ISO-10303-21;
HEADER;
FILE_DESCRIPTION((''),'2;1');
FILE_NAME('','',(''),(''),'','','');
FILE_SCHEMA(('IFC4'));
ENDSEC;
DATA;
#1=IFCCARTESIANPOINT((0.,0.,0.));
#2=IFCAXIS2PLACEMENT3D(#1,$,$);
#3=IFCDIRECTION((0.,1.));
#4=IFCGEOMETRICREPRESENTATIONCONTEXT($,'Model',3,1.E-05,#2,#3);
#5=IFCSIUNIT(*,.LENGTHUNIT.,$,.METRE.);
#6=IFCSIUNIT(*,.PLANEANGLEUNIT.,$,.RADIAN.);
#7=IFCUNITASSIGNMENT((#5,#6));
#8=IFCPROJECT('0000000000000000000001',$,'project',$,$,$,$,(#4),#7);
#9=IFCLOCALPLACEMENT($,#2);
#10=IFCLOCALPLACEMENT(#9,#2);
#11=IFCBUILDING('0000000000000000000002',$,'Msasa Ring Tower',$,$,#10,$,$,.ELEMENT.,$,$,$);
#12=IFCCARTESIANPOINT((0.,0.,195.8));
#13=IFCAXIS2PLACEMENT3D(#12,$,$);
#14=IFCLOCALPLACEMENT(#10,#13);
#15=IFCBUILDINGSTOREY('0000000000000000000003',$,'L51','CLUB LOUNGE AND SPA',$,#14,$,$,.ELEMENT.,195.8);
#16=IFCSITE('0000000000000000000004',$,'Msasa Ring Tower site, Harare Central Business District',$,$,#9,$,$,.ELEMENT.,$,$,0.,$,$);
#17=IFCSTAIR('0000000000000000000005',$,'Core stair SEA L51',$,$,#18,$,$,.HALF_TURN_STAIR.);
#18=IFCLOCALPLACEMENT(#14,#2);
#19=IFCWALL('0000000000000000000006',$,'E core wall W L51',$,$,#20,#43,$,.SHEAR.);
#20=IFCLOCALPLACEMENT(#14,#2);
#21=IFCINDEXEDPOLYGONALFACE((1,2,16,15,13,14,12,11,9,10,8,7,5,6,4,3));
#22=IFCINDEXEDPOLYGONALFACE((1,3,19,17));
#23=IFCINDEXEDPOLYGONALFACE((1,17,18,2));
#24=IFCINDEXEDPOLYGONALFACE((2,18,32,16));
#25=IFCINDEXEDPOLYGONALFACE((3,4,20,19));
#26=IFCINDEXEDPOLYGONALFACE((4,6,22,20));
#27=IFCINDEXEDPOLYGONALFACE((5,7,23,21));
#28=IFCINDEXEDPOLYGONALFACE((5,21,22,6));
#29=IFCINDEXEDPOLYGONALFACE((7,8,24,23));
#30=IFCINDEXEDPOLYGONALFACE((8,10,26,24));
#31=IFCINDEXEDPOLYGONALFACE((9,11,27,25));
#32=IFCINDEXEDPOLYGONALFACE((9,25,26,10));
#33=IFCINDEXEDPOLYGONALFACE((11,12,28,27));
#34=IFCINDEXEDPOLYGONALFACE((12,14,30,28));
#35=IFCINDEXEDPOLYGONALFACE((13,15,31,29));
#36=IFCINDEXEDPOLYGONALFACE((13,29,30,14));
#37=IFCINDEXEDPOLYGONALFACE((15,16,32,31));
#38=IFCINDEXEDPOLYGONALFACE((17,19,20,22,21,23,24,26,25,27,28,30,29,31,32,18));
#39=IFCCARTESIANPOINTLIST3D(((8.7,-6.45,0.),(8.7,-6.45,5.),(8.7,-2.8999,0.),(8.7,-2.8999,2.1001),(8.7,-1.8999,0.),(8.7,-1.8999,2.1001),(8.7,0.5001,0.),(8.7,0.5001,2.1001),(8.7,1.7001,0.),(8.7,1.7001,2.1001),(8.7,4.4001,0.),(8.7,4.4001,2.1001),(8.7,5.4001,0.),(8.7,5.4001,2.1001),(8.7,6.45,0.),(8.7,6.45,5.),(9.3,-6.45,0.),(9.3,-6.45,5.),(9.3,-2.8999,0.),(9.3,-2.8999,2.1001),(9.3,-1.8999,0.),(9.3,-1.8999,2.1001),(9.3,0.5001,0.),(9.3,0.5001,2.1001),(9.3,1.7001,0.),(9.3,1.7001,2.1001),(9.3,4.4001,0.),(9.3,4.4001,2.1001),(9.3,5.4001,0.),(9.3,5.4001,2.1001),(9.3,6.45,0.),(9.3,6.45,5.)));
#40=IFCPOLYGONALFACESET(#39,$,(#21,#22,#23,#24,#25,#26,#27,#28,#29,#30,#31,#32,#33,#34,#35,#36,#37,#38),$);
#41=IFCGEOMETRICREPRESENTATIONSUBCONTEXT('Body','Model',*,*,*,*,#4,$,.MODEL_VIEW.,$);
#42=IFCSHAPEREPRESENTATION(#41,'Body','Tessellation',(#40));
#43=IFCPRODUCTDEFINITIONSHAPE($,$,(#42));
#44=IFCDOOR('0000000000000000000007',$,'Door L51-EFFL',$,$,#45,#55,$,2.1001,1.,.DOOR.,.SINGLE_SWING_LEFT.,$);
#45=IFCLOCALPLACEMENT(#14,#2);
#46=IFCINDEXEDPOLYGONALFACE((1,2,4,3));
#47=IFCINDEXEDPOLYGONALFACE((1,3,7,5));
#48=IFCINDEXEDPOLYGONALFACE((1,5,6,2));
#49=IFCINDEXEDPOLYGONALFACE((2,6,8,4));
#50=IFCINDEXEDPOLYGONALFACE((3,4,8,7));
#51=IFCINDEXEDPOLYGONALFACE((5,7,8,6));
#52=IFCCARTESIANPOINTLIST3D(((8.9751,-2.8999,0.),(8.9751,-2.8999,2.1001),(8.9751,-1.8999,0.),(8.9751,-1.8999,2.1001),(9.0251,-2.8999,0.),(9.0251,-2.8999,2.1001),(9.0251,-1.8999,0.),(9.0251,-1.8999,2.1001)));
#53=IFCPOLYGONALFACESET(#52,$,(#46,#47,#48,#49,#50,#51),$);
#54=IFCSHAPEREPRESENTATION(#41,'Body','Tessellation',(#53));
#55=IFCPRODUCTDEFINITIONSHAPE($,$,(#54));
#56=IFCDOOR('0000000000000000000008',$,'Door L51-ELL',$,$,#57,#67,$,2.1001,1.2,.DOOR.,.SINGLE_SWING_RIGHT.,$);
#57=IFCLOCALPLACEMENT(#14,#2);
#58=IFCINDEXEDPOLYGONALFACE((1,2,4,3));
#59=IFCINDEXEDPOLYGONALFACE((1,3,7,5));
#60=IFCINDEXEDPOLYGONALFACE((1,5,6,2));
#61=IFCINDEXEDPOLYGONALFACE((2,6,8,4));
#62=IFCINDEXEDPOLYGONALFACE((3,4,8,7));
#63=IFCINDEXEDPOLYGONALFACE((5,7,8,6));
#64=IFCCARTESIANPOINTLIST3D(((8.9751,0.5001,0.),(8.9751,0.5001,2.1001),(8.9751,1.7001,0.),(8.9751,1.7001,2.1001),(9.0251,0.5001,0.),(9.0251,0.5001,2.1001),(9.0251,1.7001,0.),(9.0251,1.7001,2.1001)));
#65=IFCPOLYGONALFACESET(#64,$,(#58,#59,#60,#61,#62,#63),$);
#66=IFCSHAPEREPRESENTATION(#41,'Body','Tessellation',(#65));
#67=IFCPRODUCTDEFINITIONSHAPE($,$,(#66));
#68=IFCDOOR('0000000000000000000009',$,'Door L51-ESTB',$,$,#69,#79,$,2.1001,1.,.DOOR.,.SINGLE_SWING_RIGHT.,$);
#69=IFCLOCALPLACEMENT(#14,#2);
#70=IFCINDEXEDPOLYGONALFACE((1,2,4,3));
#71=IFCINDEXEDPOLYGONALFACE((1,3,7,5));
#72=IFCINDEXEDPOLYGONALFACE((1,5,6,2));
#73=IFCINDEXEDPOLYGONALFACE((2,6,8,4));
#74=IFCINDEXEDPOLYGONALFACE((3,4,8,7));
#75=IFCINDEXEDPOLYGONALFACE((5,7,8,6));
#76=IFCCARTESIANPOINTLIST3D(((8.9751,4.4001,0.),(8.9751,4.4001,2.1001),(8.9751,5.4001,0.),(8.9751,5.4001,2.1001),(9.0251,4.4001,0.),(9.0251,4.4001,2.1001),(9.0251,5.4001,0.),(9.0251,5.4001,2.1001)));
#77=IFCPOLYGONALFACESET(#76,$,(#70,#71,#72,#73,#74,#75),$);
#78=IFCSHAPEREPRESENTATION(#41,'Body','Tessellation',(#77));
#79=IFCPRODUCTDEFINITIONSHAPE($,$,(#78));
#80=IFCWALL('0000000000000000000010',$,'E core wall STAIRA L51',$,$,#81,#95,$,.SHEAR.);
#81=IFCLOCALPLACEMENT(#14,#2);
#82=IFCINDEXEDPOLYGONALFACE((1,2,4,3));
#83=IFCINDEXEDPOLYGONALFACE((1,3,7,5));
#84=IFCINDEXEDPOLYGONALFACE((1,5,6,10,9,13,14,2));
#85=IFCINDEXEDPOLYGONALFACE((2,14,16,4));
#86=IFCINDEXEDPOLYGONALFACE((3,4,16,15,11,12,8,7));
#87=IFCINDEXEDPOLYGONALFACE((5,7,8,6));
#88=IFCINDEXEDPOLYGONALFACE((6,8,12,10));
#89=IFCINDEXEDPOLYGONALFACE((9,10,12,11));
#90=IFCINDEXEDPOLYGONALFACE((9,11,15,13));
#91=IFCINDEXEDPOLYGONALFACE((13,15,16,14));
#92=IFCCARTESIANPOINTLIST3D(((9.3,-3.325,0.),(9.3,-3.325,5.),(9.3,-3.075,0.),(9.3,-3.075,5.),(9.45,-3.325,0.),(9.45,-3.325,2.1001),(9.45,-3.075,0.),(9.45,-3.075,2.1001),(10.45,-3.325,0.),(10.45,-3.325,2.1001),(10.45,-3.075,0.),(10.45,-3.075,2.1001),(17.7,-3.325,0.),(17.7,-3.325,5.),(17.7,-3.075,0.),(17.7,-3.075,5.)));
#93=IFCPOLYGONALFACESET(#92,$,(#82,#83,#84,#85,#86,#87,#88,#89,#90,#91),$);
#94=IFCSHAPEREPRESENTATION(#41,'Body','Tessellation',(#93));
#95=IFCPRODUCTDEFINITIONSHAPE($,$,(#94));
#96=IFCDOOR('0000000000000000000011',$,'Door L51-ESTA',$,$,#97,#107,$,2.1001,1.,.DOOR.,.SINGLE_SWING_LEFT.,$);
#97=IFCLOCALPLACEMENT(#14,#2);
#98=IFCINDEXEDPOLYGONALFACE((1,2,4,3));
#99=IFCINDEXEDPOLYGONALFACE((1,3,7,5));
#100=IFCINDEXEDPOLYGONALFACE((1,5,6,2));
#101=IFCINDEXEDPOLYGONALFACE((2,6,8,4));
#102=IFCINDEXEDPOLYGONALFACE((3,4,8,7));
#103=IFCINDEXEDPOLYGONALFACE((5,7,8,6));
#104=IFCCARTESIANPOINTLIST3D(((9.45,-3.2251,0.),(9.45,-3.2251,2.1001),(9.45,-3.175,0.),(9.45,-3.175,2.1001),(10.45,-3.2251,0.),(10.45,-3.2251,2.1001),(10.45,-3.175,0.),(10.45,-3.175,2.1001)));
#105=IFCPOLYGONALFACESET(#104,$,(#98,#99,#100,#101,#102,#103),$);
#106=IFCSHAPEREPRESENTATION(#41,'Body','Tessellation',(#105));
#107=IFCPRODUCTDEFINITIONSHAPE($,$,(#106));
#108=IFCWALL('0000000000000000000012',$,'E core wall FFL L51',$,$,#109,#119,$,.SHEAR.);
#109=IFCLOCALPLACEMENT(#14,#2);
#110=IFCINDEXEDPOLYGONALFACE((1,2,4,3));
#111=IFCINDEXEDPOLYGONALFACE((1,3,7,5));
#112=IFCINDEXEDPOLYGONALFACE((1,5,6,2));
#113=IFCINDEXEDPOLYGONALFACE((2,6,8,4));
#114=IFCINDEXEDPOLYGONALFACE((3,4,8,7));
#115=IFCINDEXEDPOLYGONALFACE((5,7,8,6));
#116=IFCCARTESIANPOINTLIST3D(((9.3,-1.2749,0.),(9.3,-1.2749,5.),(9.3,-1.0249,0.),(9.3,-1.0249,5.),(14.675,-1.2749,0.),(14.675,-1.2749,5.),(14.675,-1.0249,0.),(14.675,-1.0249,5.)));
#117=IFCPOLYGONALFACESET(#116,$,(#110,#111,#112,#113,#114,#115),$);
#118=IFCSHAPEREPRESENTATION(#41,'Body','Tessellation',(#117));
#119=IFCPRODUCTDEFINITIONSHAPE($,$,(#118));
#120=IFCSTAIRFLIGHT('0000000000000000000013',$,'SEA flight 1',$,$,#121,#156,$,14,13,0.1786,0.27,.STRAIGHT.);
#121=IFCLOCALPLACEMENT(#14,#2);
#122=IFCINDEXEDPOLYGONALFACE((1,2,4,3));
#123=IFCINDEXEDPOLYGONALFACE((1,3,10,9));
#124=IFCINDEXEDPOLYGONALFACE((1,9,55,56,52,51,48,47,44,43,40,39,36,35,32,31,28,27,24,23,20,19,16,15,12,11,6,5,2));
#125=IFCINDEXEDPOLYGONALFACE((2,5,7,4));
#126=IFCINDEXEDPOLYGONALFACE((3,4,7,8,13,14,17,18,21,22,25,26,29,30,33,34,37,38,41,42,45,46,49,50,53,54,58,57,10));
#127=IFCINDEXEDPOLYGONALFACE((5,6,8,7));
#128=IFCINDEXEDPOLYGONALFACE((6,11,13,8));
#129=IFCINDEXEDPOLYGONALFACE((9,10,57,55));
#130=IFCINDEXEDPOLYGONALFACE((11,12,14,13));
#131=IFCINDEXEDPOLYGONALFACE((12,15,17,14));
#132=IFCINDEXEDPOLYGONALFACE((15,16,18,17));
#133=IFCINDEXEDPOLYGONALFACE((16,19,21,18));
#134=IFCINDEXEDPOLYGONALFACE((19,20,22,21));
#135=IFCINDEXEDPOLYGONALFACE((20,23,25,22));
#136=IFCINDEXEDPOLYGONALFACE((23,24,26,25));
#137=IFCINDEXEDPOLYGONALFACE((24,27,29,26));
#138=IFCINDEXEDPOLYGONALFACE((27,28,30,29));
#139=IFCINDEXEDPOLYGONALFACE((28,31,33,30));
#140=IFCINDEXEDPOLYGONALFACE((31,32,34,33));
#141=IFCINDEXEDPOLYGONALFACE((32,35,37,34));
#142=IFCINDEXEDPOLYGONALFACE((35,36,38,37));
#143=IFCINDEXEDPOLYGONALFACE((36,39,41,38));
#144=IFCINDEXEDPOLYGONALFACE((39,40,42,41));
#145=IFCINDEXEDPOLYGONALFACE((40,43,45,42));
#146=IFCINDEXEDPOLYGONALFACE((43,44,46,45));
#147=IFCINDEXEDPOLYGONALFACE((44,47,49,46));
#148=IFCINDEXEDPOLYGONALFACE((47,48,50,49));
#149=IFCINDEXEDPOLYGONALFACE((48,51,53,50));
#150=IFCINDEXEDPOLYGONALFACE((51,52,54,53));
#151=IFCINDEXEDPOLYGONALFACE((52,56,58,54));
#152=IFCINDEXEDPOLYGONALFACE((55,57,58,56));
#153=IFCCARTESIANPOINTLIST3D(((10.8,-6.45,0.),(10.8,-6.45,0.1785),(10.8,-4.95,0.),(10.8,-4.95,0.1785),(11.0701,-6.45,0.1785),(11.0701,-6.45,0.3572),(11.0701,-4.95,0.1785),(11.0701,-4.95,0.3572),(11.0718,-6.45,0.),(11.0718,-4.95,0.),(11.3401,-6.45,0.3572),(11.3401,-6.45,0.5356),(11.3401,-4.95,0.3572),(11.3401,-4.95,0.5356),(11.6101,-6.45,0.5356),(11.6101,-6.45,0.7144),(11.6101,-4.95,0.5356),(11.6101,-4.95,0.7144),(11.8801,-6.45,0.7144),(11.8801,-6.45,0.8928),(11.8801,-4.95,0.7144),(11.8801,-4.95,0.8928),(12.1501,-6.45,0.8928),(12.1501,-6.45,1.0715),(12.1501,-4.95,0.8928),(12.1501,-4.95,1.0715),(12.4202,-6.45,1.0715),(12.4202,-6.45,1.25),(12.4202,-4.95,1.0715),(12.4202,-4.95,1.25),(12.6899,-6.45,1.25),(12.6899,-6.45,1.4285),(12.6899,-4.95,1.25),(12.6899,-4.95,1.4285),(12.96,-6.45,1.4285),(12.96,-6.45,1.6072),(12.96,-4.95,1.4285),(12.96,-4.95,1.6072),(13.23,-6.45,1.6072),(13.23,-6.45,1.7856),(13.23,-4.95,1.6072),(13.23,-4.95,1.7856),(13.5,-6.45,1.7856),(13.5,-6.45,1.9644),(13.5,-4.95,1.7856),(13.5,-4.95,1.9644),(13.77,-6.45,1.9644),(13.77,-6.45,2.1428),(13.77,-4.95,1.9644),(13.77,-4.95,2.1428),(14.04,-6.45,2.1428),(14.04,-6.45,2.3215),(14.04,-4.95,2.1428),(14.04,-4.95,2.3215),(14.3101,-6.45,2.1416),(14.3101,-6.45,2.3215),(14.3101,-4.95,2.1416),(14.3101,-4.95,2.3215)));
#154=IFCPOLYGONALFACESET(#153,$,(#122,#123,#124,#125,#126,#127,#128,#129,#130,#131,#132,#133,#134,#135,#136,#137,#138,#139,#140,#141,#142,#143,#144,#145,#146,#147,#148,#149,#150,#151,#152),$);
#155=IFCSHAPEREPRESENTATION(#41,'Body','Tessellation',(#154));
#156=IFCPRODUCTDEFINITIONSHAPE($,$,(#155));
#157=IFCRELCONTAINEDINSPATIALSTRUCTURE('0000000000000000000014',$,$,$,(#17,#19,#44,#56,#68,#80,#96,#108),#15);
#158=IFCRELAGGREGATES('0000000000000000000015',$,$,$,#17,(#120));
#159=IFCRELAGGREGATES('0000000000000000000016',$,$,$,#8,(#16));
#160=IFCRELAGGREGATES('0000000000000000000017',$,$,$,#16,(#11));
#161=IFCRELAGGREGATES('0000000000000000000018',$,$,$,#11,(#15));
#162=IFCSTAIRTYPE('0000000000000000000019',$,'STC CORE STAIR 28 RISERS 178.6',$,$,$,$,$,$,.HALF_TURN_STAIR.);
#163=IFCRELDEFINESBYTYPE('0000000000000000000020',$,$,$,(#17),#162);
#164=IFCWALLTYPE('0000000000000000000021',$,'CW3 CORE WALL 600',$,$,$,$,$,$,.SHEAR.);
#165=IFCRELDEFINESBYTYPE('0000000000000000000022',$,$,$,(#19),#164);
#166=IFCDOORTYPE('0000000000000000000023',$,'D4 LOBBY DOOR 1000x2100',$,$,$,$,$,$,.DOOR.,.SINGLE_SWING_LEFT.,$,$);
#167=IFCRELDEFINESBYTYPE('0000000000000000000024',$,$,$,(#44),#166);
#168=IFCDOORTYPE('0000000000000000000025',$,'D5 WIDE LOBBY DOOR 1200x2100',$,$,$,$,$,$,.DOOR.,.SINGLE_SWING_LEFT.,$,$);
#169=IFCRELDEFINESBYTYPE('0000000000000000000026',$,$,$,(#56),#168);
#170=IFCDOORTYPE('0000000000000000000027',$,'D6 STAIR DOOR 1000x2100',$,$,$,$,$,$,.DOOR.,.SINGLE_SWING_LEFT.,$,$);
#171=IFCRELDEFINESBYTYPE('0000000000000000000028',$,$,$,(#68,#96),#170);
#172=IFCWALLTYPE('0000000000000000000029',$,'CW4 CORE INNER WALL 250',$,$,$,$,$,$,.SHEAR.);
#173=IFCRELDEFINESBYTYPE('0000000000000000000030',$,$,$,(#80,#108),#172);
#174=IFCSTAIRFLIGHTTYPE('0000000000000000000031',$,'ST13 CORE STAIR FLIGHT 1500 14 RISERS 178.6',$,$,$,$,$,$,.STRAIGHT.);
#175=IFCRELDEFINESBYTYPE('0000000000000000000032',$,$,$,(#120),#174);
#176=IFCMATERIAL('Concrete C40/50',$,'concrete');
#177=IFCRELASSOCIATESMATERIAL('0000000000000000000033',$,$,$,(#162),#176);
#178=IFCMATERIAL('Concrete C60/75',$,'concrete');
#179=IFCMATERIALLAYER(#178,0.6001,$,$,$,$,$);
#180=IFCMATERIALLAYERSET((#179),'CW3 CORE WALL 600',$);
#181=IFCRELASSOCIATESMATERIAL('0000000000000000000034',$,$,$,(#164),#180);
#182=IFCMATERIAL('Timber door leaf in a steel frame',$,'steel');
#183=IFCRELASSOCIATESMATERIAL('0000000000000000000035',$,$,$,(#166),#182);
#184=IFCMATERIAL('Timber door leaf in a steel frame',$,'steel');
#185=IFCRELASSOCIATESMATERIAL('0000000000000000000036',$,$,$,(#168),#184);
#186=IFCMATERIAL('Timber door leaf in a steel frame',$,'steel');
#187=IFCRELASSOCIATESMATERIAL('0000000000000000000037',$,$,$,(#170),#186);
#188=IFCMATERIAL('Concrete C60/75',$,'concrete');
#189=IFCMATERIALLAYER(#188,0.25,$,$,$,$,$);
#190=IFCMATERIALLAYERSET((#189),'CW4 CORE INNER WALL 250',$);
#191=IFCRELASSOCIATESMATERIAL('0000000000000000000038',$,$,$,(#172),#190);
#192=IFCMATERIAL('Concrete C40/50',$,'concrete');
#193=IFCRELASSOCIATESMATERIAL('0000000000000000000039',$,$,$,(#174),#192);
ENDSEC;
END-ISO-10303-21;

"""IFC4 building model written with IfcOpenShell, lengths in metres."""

from ifc_helpers import new_model, si_unit, direction, frame, frame_2d, origin, place, context, subcontext, project, spatial, polyline, rectangle, outline, extrude, material, layer, layer_set, type_object, element, fill, aggregate, save


model = new_model("IFC4")

# Units and contexts
model_context = context("Model", 3, precision=1e-05, world=origin(), true_north=direction((0.0, 1.0)))
body_context = subcontext(model_context, "Body", "Model", "MODEL_VIEW")
ifc_project = project(units=[si_unit("LENGTHUNIT", "METRE"), si_unit("PLANEANGLEUNIT", "RADIAN")], contexts=[model_context])

# Site, building, storey
site_placement = place(None, origin())
site = spatial("IfcSite", under=ifc_project, at=site_placement, Name="Msasa Ring Tower site, Harare Central Business District", CompositionType="ELEMENT", RefElevation=0.0)
building_placement = place(site_placement, origin())
building = spatial("IfcBuilding", under=site, at=building_placement, Name="Msasa Ring Tower", CompositionType="ELEMENT")
storey_placement = place(building_placement, frame((0.0, 0.0, 195.8)))
storey = spatial("IfcBuildingStorey", under=building, at=storey_placement, Name="L51", Description="CLUB LOUNGE AND SPA", CompositionType="ELEMENT", Elevation=195.8)

# Stair
ifc_material_1 = material(Name="Concrete C40/50", Category="concrete")
stair_type = type_object("IfcStairType", Name="STC CORE STAIR 28 RISERS 178.6", PredefinedType="HALF_TURN_STAIR", material=ifc_material_1)
stair_1_placement = place(storey_placement, origin())
stair_1 = element("IfcStair", 1, at=stair_1_placement, inside=storey, type_object=stair_type, Name="Core stair SEA L51", PredefinedType="HALF_TURN_STAIR")

# Shared definitions
ifc_material_2 = material(Name="Concrete C60/75", Category="concrete")
ifc_layer_1 = layer(ifc_material_2, 0.6001)
ifc_layer_set_1 = layer_set([ifc_layer_1], Name="CW3 CORE WALL 600")
wall_type_1 = type_object("IfcWallType", Name="CW3 CORE WALL 600", PredefinedType="SHEAR", material=ifc_layer_set_1)

# Wall, openings, doors
wall_1_placement = place(storey_placement, frame((9.0, -6.45, 0.0), z_axis=(0.0, 0.0, 1.0), x_axis=(0.0, 1.0, 0.0)))
wall_1 = element("IfcWall", 2, at=wall_1_placement, inside=storey, type_object=wall_type_1, Name="E core wall W L51", PredefinedType="SHEAR", context=body_context, shape_type="SweptSolid", body=[
    extrude(rectangle(XDim=12.8999, YDim=0.6001, at=frame_2d((6.45, 0.0))), origin(), (0.0, 0.0, 1.0), 5.0),
])
opening_1_placement = place(wall_1_placement, frame((3.55, 0.0, 0.0)))
opening_1 = element("IfcOpeningElement", 3, at=opening_1_placement, cuts=wall_1, PredefinedType="OPENING", context=body_context, shape_type="SweptSolid", body=[
    extrude(rectangle(XDim=1.0, YDim=2.1001, at=frame_2d((0.5, 1.05))), frame((0.0, 0.3101, 0.0), z_axis=(0.0, -1.0, 0.0), x_axis=(1.0, 0.0, 0.0)), (0.0, 0.0, 1.0), 0.6201),
])
opening_2_placement = place(wall_1_placement, frame((6.95, 0.0, 0.0)))
opening_2 = element("IfcOpeningElement", 4, at=opening_2_placement, cuts=wall_1, PredefinedType="OPENING", context=body_context, shape_type="SweptSolid", body=[
    extrude(rectangle(XDim=1.2, YDim=2.1001, at=frame_2d((0.6001, 1.05))), frame((0.0, 0.3101, 0.0), z_axis=(0.0, -1.0, 0.0), x_axis=(1.0, 0.0, 0.0)), (0.0, 0.0, 1.0), 0.6201),
])
opening_3_placement = place(wall_1_placement, frame((10.8501, 0.0, 0.0)))
opening_3 = element("IfcOpeningElement", 5, at=opening_3_placement, cuts=wall_1, PredefinedType="OPENING", context=body_context, shape_type="SweptSolid", body=[
    extrude(rectangle(XDim=1.0, YDim=2.1001, at=frame_2d((0.5, 1.05))), frame((0.0, 0.3101, 0.0), z_axis=(0.0, -1.0, 0.0), x_axis=(1.0, 0.0, 0.0)), (0.0, 0.0, 1.0), 0.6201),
])
ifc_material_3 = material(Name="Timber door leaf in a steel frame", Category="steel")
door_type_1 = type_object("IfcDoorType", Name="D4 LOBBY DOOR 1000x2100", OperationType="SINGLE_SWING_LEFT", PredefinedType="DOOR", material=ifc_material_3)
door_1_placement = place(opening_1_placement, origin())
door_1 = element("IfcDoor", 6, at=door_1_placement, inside=storey, type_object=door_type_1, Name="Door L51-EFFL", OperationType="SINGLE_SWING_LEFT", OverallHeight=2.1001, OverallWidth=1.0, PredefinedType="DOOR", context=body_context, shape_type="SweptSolid", body=[
    extrude(rectangle(XDim=1.0, YDim=2.1001, at=frame_2d((0.5, 1.05))), frame((0.0, 0.0249, 0.0), z_axis=(0.0, -1.0, 0.0), x_axis=(1.0, 0.0, 0.0)), (0.0, 0.0, 1.0), 0.05),
])
fill(opening_1, door_1)
ifc_material_4 = material(Name="Timber door leaf in a steel frame", Category="steel")
door_type_2 = type_object("IfcDoorType", Name="D5 WIDE LOBBY DOOR 1200x2100", OperationType="SINGLE_SWING_LEFT", PredefinedType="DOOR", material=ifc_material_4)
door_2_placement = place(opening_2_placement, origin())
door_2 = element("IfcDoor", 7, at=door_2_placement, inside=storey, type_object=door_type_2, Name="Door L51-ELL", OperationType="SINGLE_SWING_RIGHT", OverallHeight=2.1001, OverallWidth=1.2, PredefinedType="DOOR", context=body_context, shape_type="SweptSolid", body=[
    extrude(rectangle(XDim=1.2, YDim=2.1001, at=frame_2d((0.6001, 1.05))), frame((0.0, 0.0249, 0.0), z_axis=(0.0, -1.0, 0.0), x_axis=(1.0, 0.0, 0.0)), (0.0, 0.0, 1.0), 0.05),
])
fill(opening_2, door_2)
ifc_material_5 = material(Name="Timber door leaf in a steel frame", Category="steel")
door_type_3 = type_object("IfcDoorType", Name="D6 STAIR DOOR 1000x2100", OperationType="SINGLE_SWING_LEFT", PredefinedType="DOOR", material=ifc_material_5)
door_3_placement = place(opening_3_placement, origin())
door_3 = element("IfcDoor", 8, at=door_3_placement, inside=storey, type_object=door_type_3, Name="Door L51-ESTB", OperationType="SINGLE_SWING_RIGHT", OverallHeight=2.1001, OverallWidth=1.0, PredefinedType="DOOR", context=body_context, shape_type="SweptSolid", body=[
    extrude(rectangle(XDim=1.0, YDim=2.1001, at=frame_2d((0.5, 1.05))), frame((0.0, 0.0249, 0.0), z_axis=(0.0, -1.0, 0.0), x_axis=(1.0, 0.0, 0.0)), (0.0, 0.0, 1.0), 0.05),
])
fill(opening_3, door_3)

# Wall, opening, door
ifc_material_6 = material(Name="Concrete C60/75", Category="concrete")
ifc_layer_2 = layer(ifc_material_6, 0.25)
ifc_layer_set_2 = layer_set([ifc_layer_2], Name="CW4 CORE INNER WALL 250")
wall_type_2 = type_object("IfcWallType", Name="CW4 CORE INNER WALL 250", PredefinedType="SHEAR", material=ifc_layer_set_2)
wall_2_placement = place(storey_placement, frame((9.3, -3.2, 0.0), z_axis=(0.0, 0.0, 1.0), x_axis=(1.0, 0.0, 0.0)))
wall_2 = element("IfcWall", 9, at=wall_2_placement, inside=storey, type_object=wall_type_2, Name="E core wall STAIRA L51", PredefinedType="SHEAR", context=body_context, shape_type="SweptSolid", body=[
    extrude(rectangle(XDim=8.3999, YDim=0.25, at=frame_2d((4.2, 0.0))), origin(), (0.0, 0.0, 1.0), 5.0),
])
opening_4_placement = place(wall_2_placement, frame((0.1499, 0.0, 0.0)))
opening_4 = element("IfcOpeningElement", 10, at=opening_4_placement, cuts=wall_2, PredefinedType="OPENING", context=body_context, shape_type="SweptSolid", body=[
    extrude(rectangle(XDim=1.0, YDim=2.1001, at=frame_2d((0.5, 1.05))), frame((0.0, 0.135, 0.0), z_axis=(0.0, -1.0, 0.0), x_axis=(1.0, 0.0, 0.0)), (0.0, 0.0, 1.0), 0.27),
])
door_4_placement = place(opening_4_placement, origin())
door_4 = element("IfcDoor", 11, at=door_4_placement, inside=storey, type_object=door_type_3, Name="Door L51-ESTA", OperationType="SINGLE_SWING_LEFT", OverallHeight=2.1001, OverallWidth=1.0, PredefinedType="DOOR", context=body_context, shape_type="SweptSolid", body=[
    extrude(rectangle(XDim=1.0, YDim=2.1001, at=frame_2d((0.5, 1.05))), frame((0.0, 0.0249, 0.0), z_axis=(0.0, -1.0, 0.0), x_axis=(1.0, 0.0, 0.0)), (0.0, 0.0, 1.0), 0.05),
])
fill(opening_4, door_4)

# Wall
wall_3_placement = place(storey_placement, frame((9.3, -1.1499, 0.0), z_axis=(0.0, 0.0, 1.0), x_axis=(1.0, 0.0, 0.0)))
element("IfcWall", 12, at=wall_3_placement, inside=storey, type_object=wall_type_2, Name="E core wall FFL L51", PredefinedType="SHEAR", context=body_context, shape_type="SweptSolid", body=[
    extrude(rectangle(XDim=5.375, YDim=0.25, at=frame_2d((2.6875, 0.0))), origin(), (0.0, 0.0, 1.0), 5.0),
])

# Stair flight
ifc_material_7 = material(Name="Concrete C40/50", Category="concrete")
stair_flight_type = type_object("IfcStairFlightType", Name="ST13 CORE STAIR FLIGHT 1500 14 RISERS 178.6", PredefinedType="STRAIGHT", material=ifc_material_7)
stair_flight_placement = place(storey_placement, frame((10.8, -5.7, 0.0), z_axis=(0.0, 0.0, 1.0), x_axis=(1.0, 0.0, 0.0)))
stair_flight = element("IfcStairFlight", 13, at=stair_flight_placement, type_object=stair_flight_type, Name="SEA flight 1", NumberOfRisers=14, NumberOfTreads=13, PredefinedType="STRAIGHT", RiserHeight=0.1786, TreadLength=0.27, context=body_context, shape_type="SweptSolid", body=[
    extrude(outline(polyline([(0.0, 0.0), (0.0, 0.1785), (0.27, 0.1785), (0.27, 0.3572), (0.54, 0.3572), (0.54, 0.5356), (0.8101, 0.5356), (0.8101, 0.7144), (1.0801, 0.7144), (1.0801, 0.8928), (1.3501, 0.8928), (1.3501, 1.0715), (1.6201, 1.0715), (1.6201, 1.25), (1.8899, 1.25), (1.8899, 1.4285), (2.1599, 1.4285), (2.1599, 1.6072), (2.4299, 1.6072), (2.4299, 1.7856), (2.7, 1.7856), (2.7, 1.9644), (2.97, 1.9644), (2.97, 2.1428), (3.24, 2.1428), (3.24, 2.3215), (3.51, 2.3215), (3.51, 2.5), (3.51, 2.1416), (0.2717, 0.0), (0.0, 0.0)])), frame((0.0, 0.75, 0.0), z_axis=(0.0, -1.0, 0.0), x_axis=(1.0, 0.0, 0.0)), (0.0, 0.0, 1.0), 1.5),
])
aggregate(stair_1, [stair_flight])

save(model, "model.ifc")
